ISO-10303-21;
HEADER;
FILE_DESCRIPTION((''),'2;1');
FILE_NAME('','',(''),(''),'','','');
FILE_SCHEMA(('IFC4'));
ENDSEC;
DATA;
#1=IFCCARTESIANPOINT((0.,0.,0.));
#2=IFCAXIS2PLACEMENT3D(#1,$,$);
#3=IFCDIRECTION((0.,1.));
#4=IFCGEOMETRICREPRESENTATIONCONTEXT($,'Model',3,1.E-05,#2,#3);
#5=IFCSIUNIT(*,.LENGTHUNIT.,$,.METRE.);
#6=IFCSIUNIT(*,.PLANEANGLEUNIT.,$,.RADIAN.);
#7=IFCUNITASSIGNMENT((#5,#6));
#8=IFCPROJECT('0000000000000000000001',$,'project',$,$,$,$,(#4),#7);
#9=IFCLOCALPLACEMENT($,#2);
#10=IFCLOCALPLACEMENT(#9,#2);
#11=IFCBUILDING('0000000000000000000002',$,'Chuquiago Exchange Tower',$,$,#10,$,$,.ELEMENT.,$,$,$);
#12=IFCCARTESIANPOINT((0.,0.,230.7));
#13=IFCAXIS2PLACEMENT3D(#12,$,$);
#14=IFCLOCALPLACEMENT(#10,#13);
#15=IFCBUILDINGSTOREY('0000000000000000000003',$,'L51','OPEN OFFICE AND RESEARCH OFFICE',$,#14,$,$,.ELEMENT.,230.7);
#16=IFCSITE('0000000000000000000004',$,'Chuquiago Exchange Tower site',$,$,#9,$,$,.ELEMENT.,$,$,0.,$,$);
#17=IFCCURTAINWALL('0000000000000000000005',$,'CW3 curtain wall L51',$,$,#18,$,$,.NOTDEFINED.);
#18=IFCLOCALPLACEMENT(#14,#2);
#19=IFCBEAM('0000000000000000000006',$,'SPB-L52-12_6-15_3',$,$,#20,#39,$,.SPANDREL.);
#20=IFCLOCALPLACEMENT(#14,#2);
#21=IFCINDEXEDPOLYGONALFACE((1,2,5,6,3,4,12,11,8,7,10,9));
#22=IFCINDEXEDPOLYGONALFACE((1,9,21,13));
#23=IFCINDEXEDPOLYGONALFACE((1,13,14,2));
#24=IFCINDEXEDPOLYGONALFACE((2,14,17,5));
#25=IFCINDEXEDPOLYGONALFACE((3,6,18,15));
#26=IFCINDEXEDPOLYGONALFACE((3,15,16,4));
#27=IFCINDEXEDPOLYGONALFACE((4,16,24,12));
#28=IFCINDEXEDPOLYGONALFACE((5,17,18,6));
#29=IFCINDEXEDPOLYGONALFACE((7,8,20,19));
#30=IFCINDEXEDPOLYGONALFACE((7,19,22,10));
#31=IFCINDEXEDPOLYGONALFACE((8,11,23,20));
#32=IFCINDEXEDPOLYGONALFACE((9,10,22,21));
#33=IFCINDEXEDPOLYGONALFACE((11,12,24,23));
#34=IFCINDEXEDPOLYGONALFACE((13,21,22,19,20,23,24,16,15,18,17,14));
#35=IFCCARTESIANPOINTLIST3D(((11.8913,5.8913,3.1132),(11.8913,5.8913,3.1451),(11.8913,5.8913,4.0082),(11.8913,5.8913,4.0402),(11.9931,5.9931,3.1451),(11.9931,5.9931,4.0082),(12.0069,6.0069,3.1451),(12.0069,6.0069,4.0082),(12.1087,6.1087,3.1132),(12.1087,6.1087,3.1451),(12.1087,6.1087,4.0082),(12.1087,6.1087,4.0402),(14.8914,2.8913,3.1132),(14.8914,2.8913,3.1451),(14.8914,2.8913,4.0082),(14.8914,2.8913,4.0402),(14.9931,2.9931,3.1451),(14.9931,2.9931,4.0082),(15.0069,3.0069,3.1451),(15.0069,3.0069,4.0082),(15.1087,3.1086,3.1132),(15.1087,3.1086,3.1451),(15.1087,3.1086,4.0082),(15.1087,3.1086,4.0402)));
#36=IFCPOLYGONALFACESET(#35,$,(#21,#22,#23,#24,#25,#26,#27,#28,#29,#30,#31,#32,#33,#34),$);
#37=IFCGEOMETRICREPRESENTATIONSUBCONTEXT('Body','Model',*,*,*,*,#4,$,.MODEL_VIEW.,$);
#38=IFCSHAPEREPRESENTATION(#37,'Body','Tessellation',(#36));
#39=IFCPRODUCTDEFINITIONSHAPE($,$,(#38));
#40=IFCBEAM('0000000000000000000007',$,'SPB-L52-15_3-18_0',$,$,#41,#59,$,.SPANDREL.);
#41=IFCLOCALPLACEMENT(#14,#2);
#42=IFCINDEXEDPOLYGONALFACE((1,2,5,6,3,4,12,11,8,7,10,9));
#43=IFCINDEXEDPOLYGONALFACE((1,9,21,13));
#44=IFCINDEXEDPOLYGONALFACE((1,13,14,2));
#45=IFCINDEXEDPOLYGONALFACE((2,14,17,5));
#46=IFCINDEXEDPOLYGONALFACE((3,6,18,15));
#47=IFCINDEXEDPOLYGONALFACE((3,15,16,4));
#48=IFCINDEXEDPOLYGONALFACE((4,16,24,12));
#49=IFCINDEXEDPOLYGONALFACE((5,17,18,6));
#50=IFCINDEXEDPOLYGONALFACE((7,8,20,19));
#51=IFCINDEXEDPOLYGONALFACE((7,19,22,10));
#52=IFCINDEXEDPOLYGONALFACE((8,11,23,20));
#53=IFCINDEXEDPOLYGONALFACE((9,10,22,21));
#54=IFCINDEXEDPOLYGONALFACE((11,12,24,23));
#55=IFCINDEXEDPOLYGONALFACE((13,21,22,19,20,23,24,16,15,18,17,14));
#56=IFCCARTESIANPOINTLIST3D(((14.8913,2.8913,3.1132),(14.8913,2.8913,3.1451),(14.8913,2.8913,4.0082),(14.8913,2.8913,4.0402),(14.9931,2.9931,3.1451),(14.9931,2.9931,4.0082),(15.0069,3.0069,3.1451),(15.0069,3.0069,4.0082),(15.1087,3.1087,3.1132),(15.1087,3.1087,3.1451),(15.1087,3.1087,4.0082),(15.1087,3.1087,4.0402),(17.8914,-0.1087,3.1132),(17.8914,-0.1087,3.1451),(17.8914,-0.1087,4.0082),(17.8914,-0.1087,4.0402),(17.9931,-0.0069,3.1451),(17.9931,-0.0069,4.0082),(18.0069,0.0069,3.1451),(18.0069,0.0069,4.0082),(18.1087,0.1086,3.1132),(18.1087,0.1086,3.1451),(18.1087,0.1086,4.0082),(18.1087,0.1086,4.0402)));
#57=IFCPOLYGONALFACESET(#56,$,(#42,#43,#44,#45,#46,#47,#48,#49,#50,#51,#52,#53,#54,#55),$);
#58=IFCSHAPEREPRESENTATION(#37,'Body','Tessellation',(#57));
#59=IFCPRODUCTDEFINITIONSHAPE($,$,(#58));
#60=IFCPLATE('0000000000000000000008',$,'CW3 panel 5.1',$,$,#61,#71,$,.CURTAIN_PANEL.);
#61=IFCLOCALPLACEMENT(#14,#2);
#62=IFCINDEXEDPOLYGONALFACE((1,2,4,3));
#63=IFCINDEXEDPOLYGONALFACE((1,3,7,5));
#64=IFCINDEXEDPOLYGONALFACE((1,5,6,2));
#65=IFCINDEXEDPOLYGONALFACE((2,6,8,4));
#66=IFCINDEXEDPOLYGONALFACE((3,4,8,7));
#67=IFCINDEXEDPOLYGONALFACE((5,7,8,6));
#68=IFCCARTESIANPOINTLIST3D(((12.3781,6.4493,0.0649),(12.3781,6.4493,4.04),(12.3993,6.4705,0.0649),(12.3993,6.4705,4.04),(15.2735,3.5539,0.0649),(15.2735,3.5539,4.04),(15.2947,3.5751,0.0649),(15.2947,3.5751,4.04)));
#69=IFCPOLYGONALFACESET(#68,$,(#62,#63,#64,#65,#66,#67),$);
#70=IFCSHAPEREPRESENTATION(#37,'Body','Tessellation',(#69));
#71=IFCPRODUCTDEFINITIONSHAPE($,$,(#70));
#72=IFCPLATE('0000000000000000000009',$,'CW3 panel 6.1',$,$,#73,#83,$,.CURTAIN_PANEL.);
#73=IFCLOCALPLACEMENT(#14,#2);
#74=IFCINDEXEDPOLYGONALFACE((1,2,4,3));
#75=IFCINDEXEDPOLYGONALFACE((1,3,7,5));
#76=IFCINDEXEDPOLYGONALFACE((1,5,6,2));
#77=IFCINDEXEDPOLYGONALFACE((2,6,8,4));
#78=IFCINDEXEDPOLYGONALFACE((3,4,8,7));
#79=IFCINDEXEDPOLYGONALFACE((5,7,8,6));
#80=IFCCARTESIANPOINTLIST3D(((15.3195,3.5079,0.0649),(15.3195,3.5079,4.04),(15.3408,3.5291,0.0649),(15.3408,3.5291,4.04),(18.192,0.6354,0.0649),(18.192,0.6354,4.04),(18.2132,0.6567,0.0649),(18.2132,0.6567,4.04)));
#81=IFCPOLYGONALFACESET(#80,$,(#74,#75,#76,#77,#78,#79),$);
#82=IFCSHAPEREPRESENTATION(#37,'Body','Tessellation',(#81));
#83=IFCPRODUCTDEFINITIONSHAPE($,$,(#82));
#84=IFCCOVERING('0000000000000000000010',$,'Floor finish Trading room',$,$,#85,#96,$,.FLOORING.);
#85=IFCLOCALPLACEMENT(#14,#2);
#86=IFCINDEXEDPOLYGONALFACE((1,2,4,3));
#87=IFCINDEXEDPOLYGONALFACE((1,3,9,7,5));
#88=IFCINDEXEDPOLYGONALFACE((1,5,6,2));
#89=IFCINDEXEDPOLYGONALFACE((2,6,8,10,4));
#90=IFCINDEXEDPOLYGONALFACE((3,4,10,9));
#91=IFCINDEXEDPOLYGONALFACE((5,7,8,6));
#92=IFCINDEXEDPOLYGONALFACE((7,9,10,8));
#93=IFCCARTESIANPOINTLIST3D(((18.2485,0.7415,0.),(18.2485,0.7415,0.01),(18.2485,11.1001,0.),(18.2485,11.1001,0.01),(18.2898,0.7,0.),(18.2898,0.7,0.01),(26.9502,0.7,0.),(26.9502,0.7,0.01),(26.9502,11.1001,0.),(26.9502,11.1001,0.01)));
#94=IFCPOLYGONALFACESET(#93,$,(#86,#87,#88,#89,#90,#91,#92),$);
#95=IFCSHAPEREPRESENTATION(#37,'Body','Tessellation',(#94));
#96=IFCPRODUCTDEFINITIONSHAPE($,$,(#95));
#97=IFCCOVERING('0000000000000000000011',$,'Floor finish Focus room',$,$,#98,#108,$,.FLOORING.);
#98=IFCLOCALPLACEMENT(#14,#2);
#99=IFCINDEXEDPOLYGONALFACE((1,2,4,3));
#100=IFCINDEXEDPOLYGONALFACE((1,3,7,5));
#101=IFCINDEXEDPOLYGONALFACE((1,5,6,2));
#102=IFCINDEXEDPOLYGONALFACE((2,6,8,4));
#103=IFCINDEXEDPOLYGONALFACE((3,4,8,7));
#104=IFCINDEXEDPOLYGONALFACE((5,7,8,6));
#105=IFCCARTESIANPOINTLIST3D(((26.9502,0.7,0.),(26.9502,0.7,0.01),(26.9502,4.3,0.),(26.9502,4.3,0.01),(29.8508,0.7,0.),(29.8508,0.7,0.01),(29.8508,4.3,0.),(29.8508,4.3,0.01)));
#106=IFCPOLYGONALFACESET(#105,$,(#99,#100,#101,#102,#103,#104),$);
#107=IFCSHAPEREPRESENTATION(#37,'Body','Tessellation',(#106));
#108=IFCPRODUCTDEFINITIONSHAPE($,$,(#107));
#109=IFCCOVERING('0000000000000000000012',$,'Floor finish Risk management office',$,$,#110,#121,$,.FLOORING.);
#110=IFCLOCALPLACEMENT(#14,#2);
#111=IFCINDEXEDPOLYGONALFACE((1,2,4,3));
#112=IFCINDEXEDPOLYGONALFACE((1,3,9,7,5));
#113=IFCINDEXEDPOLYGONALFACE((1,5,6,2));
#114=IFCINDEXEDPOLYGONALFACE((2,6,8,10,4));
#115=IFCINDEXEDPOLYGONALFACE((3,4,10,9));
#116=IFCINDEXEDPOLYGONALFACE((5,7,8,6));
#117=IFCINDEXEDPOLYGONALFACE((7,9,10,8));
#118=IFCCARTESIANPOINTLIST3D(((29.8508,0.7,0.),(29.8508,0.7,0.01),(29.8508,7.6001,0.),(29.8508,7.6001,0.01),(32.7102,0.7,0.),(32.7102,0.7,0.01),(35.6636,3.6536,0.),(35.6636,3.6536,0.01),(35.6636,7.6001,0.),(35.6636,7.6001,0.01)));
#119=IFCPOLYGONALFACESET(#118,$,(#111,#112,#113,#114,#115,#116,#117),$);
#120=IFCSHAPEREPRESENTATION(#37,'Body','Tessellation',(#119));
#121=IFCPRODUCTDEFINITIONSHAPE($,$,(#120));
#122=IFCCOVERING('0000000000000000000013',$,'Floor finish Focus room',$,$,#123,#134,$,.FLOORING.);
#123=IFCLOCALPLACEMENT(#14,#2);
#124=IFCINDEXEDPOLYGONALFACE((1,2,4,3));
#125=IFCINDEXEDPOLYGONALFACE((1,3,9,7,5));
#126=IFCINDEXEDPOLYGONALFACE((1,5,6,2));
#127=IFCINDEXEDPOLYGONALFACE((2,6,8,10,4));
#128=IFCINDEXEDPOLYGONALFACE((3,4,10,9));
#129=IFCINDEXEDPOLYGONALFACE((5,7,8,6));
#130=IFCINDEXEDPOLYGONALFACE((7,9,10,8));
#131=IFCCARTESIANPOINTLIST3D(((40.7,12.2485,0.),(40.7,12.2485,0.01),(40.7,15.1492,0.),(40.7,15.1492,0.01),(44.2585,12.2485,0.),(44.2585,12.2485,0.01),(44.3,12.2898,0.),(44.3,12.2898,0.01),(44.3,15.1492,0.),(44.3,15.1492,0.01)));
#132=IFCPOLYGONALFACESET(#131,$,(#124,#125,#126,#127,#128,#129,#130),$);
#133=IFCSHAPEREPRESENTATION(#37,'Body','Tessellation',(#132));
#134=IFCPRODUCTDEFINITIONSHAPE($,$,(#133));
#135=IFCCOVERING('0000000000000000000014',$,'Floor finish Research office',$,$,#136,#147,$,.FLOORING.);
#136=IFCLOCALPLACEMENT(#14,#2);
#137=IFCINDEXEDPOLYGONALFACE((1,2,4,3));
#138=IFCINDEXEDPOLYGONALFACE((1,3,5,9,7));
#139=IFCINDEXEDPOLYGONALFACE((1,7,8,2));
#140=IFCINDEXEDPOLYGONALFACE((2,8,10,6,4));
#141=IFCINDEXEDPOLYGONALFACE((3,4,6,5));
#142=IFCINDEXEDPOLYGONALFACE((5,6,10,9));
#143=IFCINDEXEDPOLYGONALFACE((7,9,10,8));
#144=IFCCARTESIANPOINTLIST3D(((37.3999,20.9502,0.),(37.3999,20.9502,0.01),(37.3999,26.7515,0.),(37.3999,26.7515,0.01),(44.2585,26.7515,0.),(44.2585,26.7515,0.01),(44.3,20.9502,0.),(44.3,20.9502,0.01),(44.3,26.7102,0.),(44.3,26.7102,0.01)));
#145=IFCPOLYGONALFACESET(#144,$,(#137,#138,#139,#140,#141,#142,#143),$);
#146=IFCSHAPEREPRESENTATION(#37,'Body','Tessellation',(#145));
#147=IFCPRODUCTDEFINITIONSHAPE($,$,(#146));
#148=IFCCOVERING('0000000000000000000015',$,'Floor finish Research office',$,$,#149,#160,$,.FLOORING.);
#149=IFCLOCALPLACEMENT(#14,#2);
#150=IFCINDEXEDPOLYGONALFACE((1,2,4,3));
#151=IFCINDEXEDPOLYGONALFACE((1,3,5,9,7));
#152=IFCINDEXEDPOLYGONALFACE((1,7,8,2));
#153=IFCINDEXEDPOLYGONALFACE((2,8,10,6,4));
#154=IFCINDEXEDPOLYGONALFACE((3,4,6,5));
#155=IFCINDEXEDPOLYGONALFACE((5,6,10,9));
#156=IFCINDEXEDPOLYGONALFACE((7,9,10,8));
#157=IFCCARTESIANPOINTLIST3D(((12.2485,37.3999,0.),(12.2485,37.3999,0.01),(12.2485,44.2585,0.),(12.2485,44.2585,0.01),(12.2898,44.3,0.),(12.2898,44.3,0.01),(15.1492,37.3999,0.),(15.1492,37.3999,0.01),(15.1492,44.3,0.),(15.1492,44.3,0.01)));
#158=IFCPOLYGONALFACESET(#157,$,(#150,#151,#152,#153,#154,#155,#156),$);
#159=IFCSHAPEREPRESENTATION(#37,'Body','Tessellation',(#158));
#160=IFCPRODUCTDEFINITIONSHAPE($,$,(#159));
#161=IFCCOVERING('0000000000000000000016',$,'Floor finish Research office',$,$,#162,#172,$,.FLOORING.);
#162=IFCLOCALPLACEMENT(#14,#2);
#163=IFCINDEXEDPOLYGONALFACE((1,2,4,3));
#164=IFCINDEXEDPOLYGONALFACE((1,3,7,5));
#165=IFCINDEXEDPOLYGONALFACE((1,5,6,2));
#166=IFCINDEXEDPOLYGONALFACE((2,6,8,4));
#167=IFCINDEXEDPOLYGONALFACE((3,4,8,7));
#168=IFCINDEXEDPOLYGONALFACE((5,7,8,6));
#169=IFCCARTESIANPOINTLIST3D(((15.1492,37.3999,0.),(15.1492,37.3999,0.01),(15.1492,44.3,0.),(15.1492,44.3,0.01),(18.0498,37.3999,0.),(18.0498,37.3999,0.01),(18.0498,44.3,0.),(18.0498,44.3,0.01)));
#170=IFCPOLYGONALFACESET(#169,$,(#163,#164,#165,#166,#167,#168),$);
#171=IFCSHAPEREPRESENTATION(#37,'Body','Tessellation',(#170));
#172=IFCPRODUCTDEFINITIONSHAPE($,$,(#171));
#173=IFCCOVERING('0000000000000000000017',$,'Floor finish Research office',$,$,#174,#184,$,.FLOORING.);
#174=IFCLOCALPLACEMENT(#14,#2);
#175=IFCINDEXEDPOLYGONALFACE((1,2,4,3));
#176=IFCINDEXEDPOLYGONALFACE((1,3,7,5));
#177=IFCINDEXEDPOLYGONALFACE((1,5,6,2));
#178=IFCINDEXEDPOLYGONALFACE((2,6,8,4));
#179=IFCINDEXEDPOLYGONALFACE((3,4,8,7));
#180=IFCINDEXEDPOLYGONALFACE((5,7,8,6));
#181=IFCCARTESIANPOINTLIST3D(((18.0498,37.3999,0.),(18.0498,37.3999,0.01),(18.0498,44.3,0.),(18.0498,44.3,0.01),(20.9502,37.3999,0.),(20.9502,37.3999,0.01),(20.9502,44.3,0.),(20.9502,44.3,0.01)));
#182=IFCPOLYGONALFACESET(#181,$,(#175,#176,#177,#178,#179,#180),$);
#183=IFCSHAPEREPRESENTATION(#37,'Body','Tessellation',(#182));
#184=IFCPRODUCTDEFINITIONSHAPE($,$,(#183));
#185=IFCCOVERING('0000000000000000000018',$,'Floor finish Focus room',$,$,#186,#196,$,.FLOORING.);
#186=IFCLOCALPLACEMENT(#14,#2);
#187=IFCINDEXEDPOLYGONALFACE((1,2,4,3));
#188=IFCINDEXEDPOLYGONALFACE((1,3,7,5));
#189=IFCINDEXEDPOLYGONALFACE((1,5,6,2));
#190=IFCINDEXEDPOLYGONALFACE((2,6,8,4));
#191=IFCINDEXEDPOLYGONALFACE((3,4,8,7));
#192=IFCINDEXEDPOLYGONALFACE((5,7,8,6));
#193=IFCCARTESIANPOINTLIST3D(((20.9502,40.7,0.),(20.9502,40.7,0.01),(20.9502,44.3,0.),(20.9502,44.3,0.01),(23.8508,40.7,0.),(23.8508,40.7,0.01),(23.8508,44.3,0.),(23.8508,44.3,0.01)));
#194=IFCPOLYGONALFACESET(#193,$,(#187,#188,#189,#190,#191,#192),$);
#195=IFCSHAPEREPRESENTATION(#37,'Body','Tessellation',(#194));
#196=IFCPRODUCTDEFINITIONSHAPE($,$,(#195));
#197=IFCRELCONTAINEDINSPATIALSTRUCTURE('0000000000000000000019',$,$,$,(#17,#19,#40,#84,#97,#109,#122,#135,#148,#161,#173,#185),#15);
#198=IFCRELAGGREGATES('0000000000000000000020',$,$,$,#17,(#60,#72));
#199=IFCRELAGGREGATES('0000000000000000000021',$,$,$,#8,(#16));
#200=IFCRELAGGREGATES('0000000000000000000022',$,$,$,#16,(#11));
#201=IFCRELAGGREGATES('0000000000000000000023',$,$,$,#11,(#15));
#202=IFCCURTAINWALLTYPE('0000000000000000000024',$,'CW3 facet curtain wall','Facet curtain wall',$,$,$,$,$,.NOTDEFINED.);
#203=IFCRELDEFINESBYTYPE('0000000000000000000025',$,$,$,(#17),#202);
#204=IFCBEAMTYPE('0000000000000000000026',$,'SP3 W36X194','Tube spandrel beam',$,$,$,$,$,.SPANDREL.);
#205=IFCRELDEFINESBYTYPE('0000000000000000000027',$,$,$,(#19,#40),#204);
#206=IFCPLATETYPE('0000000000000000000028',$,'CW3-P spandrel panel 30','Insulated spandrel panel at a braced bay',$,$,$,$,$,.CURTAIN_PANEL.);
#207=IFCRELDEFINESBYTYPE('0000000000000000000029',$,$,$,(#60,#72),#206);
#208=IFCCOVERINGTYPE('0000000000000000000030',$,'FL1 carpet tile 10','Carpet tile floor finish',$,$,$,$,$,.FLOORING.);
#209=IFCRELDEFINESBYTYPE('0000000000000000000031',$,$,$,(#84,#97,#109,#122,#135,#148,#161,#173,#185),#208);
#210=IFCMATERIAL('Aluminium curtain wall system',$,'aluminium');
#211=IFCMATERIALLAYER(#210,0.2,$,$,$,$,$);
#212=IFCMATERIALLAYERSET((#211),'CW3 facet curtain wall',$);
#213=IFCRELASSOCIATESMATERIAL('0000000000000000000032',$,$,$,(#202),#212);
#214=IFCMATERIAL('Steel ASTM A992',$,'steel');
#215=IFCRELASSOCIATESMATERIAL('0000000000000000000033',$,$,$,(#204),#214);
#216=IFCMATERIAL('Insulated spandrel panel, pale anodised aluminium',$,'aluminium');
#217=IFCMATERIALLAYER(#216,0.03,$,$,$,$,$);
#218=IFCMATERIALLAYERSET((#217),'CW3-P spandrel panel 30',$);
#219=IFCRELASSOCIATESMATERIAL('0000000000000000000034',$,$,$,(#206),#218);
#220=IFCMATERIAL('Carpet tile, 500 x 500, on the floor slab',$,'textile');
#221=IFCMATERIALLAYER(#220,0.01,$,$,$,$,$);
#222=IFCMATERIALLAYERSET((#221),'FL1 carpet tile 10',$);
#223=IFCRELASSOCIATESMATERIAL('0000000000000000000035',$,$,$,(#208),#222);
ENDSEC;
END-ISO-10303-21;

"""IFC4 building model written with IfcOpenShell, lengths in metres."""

from ifc_helpers import new_model, si_unit, direction, frame, origin, origin_2d, place, context, subcontext, project, spatial, polyline, rectangle, i_section, outline, extrude, material, layer, layer_set, material_profile, profile_set, type_object, element, aggregate, save


model = new_model("IFC4")

# Units and contexts
model_context = context("Model", 3, precision=1e-05, world=origin(), true_north=direction((0.0, 1.0)))
body_context = subcontext(model_context, "Body", "Model", "MODEL_VIEW")
ifc_project = project(units=[si_unit("LENGTHUNIT", "METRE"), si_unit("PLANEANGLEUNIT", "RADIAN")], contexts=[model_context])

# Site, building, storey
site_placement = place(None, origin())
site = spatial("IfcSite", under=ifc_project, at=site_placement, Name="Chuquiago Exchange Tower site", CompositionType="ELEMENT", RefElevation=0.0)
building_placement = place(site_placement, origin())
building = spatial("IfcBuilding", under=site, at=building_placement, Name="Chuquiago Exchange Tower", CompositionType="ELEMENT")
storey_placement = place(building_placement, frame((0.0, 0.0, 230.7)))
storey = spatial("IfcBuildingStorey", under=building, at=storey_placement, Name="L51", Description="OPEN OFFICE AND RESEARCH OFFICE", CompositionType="ELEMENT", Elevation=230.7)

# Curtain wall
ifc_material_1 = material(Name="Aluminium curtain wall system", Category="aluminium")
ifc_layer_1 = layer(ifc_material_1, 0.2)
ifc_layer_set_1 = layer_set([ifc_layer_1], Name="CW3 facet curtain wall")
curtain_wall_type = type_object("IfcCurtainWallType", Name="CW3 facet curtain wall", Description="Facet curtain wall", PredefinedType="NOTDEFINED", material=ifc_layer_set_1)
curtain_wall_placement = place(storey_placement, origin())
curtain_wall = element("IfcCurtainWall", 1, at=curtain_wall_placement, inside=storey, type_object=curtain_wall_type, Name="CW3 curtain wall L51", PredefinedType="NOTDEFINED")

# Beams
ifc_material_2 = material(Name="Steel ASTM A992", Category="steel")
ifc_material_profile_1 = material_profile(ifc_material_2, i_section(OverallWidth=0.3074, OverallDepth=0.927, WebThickness=0.0195, FlangeThickness=0.032, at=origin_2d()), Name="W36X194")
ifc_profile_set_1 = profile_set([ifc_material_profile_1], Name="Steel ASTM A992")
beam_type = type_object("IfcBeamType", Name="SP3 W36X194", Description="Tube spandrel beam", PredefinedType="SPANDREL", material=ifc_profile_set_1)
for number, where, z_axis, x_axis, name in (
    (2, (12.0, 6.0, 3.5767), (0.707107, -0.707107, 0.0), (0.707107, 0.707107, 0.0), "SPB-L52-12_6-15_3"),
    (3, (15.0, 3.0, 3.5767), (0.707107, -0.707107, 0.0), (0.707107, 0.707107, 0.0), "SPB-L52-15_3-18_0"),
):
    element("IfcBeam", number, at=place(storey_placement, frame(where, z_axis=z_axis, x_axis=x_axis)), inside=storey, type_object=beam_type, Name=name, PredefinedType="SPANDREL", context=body_context, shape_type="SweptSolid", body=[
        extrude(i_section(OverallWidth=0.3074, OverallDepth=0.927, WebThickness=0.0195, FlangeThickness=0.032, at=origin_2d()), origin(), (0.0, 0.0, 1.0), 4.2427),
    ])

# Plates
ifc_material_3 = material(Name="Insulated spandrel panel, pale anodised aluminium", Category="aluminium")
ifc_layer_2 = layer(ifc_material_3, 0.03)
ifc_layer_set_2 = layer_set([ifc_layer_2], Name="CW3-P spandrel panel 30")
plate_type = type_object("IfcPlateType", Name="CW3-P spandrel panel 30", Description="Insulated spandrel panel at a braced bay", PredefinedType="CURTAIN_PANEL", material=ifc_layer_set_2)
plate_1_placement = place(storey_placement, frame((13.8364, 5.0122, 0.0649), z_axis=(0.0, 0.0, 1.0), x_axis=(0.707107, -0.707107, 0.0)))
plate_1 = element("IfcPlate", 4, at=plate_1_placement, type_object=plate_type, Name="CW3 panel 5.1", PredefinedType="CURTAIN_PANEL", context=body_context, shape_type="SweptSolid", body=[
    extrude(rectangle(XDim=4.0947, YDim=0.03, at=origin_2d()), origin(), (0.0, 0.0, 1.0), 3.9751),
])
plate_2_placement = place(storey_placement, frame((16.7664, 2.0823, 0.0649), z_axis=(0.0, 0.0, 1.0), x_axis=(0.707107, -0.707107, 0.0)))
plate_2 = element("IfcPlate", 5, at=plate_2_placement, type_object=plate_type, Name="CW3 panel 6.1", PredefinedType="CURTAIN_PANEL", context=body_context, shape_type="SweptSolid", body=[
    extrude(rectangle(XDim=4.0623, YDim=0.03, at=origin_2d()), origin(), (0.0, 0.0, 1.0), 3.9751),
])
aggregate(curtain_wall, [plate_1, plate_2])

# Coverings
ifc_material_4 = material(Name="Carpet tile, 500 x 500, on the floor slab", Category="textile")
ifc_layer_3 = layer(ifc_material_4, 0.01)
ifc_layer_set_3 = layer_set([ifc_layer_3], Name="FL1 carpet tile 10")
covering_type_1 = type_object("IfcCoveringType", Name="FL1 carpet tile 10", Description="Carpet tile floor finish", PredefinedType="FLOORING", material=ifc_layer_set_3)
covering_1_placement = place(storey_placement, origin())
element("IfcCovering", 6, at=covering_1_placement, inside=storey, type_object=covering_type_1, Name="Floor finish Trading room", PredefinedType="FLOORING", context=body_context, shape_type="SweptSolid", body=[
    extrude(outline(polyline([(18.2898, 0.7), (18.2485, 0.7415), (18.2485, 11.1001), (26.9502, 11.1001), (26.9502, 0.7), (18.2898, 0.7)])), origin(), (0.0, 0.0, 1.0), 0.01),
])
covering_2_placement = place(storey_placement, origin())
element("IfcCovering", 7, at=covering_2_placement, inside=storey, type_object=covering_type_1, Name="Floor finish Focus room", PredefinedType="FLOORING", context=body_context, shape_type="SweptSolid", body=[
    extrude(outline(polyline([(26.9502, 0.7), (26.9502, 4.3), (29.8508, 4.3), (29.8508, 0.7), (26.9502, 0.7)])), origin(), (0.0, 0.0, 1.0), 0.01),
])
covering_3_placement = place(storey_placement, origin())
element("IfcCovering", 8, at=covering_3_placement, inside=storey, type_object=covering_type_1, Name="Floor finish Risk management office", PredefinedType="FLOORING", context=body_context, shape_type="SweptSolid", body=[
    extrude(outline(polyline([(32.7102, 0.7), (29.8508, 0.7), (29.8508, 7.6001), (35.6636, 7.6001), (35.6636, 3.6536), (32.7102, 0.7)])), origin(), (0.0, 0.0, 1.0), 0.01),
])
covering_4_placement = place(storey_placement, origin())
element("IfcCovering", 9, at=covering_4_placement, inside=storey, type_object=covering_type_1, Name="Floor finish Focus room", PredefinedType="FLOORING", context=body_context, shape_type="SweptSolid", body=[
    extrude(outline(polyline([(44.3, 12.2898), (44.2585, 12.2485), (40.7, 12.2485), (40.7, 15.1492), (44.3, 15.1492), (44.3, 12.2898)])), origin(), (0.0, 0.0, 1.0), 0.01),
])
covering_5_placement = place(storey_placement, origin())
element("IfcCovering", 10, at=covering_5_placement, inside=storey, type_object=covering_type_1, Name="Floor finish Research office", PredefinedType="FLOORING", context=body_context, shape_type="SweptSolid", body=[
    extrude(outline(polyline([(44.3, 26.7102), (44.3, 20.9502), (37.3999, 20.9502), (37.3999, 26.7515), (44.2585, 26.7515), (44.3, 26.7102)])), origin(), (0.0, 0.0, 1.0), 0.01),
])
covering_6_placement = place(storey_placement, origin())
element("IfcCovering", 11, at=covering_6_placement, inside=storey, type_object=covering_type_1, Name="Floor finish Research office", PredefinedType="FLOORING", context=body_context, shape_type="SweptSolid", body=[
    extrude(outline(polyline([(12.2898, 44.3), (15.1492, 44.3), (15.1492, 37.3999), (12.2485, 37.3999), (12.2485, 44.2585), (12.2898, 44.3)])), origin(), (0.0, 0.0, 1.0), 0.01),
])
covering_7_placement = place(storey_placement, origin())
element("IfcCovering", 12, at=covering_7_placement, inside=storey, type_object=covering_type_1, Name="Floor finish Research office", PredefinedType="FLOORING", context=body_context, shape_type="SweptSolid", body=[
    extrude(outline(polyline([(18.0498, 44.3), (18.0498, 37.3999), (15.1492, 37.3999), (15.1492, 44.3), (18.0498, 44.3)])), origin(), (0.0, 0.0, 1.0), 0.01),
])
covering_8_placement = place(storey_placement, origin())
element("IfcCovering", 13, at=covering_8_placement, inside=storey, type_object=covering_type_1, Name="Floor finish Research office", PredefinedType="FLOORING", context=body_context, shape_type="SweptSolid", body=[
    extrude(outline(polyline([(20.9502, 44.3), (20.9502, 37.3999), (18.0498, 37.3999), (18.0498, 44.3), (20.9502, 44.3)])), origin(), (0.0, 0.0, 1.0), 0.01),
])
covering_9_placement = place(storey_placement, origin())
element("IfcCovering", 14, at=covering_9_placement, inside=storey, type_object=covering_type_1, Name="Floor finish Focus room", PredefinedType="FLOORING", context=body_context, shape_type="SweptSolid", body=[
    extrude(outline(polyline([(23.8508, 44.3), (23.8508, 40.7), (20.9502, 40.7), (20.9502, 44.3), (23.8508, 44.3)])), origin(), (0.0, 0.0, 1.0), 0.01),
])

save(model, "model.ifc")
